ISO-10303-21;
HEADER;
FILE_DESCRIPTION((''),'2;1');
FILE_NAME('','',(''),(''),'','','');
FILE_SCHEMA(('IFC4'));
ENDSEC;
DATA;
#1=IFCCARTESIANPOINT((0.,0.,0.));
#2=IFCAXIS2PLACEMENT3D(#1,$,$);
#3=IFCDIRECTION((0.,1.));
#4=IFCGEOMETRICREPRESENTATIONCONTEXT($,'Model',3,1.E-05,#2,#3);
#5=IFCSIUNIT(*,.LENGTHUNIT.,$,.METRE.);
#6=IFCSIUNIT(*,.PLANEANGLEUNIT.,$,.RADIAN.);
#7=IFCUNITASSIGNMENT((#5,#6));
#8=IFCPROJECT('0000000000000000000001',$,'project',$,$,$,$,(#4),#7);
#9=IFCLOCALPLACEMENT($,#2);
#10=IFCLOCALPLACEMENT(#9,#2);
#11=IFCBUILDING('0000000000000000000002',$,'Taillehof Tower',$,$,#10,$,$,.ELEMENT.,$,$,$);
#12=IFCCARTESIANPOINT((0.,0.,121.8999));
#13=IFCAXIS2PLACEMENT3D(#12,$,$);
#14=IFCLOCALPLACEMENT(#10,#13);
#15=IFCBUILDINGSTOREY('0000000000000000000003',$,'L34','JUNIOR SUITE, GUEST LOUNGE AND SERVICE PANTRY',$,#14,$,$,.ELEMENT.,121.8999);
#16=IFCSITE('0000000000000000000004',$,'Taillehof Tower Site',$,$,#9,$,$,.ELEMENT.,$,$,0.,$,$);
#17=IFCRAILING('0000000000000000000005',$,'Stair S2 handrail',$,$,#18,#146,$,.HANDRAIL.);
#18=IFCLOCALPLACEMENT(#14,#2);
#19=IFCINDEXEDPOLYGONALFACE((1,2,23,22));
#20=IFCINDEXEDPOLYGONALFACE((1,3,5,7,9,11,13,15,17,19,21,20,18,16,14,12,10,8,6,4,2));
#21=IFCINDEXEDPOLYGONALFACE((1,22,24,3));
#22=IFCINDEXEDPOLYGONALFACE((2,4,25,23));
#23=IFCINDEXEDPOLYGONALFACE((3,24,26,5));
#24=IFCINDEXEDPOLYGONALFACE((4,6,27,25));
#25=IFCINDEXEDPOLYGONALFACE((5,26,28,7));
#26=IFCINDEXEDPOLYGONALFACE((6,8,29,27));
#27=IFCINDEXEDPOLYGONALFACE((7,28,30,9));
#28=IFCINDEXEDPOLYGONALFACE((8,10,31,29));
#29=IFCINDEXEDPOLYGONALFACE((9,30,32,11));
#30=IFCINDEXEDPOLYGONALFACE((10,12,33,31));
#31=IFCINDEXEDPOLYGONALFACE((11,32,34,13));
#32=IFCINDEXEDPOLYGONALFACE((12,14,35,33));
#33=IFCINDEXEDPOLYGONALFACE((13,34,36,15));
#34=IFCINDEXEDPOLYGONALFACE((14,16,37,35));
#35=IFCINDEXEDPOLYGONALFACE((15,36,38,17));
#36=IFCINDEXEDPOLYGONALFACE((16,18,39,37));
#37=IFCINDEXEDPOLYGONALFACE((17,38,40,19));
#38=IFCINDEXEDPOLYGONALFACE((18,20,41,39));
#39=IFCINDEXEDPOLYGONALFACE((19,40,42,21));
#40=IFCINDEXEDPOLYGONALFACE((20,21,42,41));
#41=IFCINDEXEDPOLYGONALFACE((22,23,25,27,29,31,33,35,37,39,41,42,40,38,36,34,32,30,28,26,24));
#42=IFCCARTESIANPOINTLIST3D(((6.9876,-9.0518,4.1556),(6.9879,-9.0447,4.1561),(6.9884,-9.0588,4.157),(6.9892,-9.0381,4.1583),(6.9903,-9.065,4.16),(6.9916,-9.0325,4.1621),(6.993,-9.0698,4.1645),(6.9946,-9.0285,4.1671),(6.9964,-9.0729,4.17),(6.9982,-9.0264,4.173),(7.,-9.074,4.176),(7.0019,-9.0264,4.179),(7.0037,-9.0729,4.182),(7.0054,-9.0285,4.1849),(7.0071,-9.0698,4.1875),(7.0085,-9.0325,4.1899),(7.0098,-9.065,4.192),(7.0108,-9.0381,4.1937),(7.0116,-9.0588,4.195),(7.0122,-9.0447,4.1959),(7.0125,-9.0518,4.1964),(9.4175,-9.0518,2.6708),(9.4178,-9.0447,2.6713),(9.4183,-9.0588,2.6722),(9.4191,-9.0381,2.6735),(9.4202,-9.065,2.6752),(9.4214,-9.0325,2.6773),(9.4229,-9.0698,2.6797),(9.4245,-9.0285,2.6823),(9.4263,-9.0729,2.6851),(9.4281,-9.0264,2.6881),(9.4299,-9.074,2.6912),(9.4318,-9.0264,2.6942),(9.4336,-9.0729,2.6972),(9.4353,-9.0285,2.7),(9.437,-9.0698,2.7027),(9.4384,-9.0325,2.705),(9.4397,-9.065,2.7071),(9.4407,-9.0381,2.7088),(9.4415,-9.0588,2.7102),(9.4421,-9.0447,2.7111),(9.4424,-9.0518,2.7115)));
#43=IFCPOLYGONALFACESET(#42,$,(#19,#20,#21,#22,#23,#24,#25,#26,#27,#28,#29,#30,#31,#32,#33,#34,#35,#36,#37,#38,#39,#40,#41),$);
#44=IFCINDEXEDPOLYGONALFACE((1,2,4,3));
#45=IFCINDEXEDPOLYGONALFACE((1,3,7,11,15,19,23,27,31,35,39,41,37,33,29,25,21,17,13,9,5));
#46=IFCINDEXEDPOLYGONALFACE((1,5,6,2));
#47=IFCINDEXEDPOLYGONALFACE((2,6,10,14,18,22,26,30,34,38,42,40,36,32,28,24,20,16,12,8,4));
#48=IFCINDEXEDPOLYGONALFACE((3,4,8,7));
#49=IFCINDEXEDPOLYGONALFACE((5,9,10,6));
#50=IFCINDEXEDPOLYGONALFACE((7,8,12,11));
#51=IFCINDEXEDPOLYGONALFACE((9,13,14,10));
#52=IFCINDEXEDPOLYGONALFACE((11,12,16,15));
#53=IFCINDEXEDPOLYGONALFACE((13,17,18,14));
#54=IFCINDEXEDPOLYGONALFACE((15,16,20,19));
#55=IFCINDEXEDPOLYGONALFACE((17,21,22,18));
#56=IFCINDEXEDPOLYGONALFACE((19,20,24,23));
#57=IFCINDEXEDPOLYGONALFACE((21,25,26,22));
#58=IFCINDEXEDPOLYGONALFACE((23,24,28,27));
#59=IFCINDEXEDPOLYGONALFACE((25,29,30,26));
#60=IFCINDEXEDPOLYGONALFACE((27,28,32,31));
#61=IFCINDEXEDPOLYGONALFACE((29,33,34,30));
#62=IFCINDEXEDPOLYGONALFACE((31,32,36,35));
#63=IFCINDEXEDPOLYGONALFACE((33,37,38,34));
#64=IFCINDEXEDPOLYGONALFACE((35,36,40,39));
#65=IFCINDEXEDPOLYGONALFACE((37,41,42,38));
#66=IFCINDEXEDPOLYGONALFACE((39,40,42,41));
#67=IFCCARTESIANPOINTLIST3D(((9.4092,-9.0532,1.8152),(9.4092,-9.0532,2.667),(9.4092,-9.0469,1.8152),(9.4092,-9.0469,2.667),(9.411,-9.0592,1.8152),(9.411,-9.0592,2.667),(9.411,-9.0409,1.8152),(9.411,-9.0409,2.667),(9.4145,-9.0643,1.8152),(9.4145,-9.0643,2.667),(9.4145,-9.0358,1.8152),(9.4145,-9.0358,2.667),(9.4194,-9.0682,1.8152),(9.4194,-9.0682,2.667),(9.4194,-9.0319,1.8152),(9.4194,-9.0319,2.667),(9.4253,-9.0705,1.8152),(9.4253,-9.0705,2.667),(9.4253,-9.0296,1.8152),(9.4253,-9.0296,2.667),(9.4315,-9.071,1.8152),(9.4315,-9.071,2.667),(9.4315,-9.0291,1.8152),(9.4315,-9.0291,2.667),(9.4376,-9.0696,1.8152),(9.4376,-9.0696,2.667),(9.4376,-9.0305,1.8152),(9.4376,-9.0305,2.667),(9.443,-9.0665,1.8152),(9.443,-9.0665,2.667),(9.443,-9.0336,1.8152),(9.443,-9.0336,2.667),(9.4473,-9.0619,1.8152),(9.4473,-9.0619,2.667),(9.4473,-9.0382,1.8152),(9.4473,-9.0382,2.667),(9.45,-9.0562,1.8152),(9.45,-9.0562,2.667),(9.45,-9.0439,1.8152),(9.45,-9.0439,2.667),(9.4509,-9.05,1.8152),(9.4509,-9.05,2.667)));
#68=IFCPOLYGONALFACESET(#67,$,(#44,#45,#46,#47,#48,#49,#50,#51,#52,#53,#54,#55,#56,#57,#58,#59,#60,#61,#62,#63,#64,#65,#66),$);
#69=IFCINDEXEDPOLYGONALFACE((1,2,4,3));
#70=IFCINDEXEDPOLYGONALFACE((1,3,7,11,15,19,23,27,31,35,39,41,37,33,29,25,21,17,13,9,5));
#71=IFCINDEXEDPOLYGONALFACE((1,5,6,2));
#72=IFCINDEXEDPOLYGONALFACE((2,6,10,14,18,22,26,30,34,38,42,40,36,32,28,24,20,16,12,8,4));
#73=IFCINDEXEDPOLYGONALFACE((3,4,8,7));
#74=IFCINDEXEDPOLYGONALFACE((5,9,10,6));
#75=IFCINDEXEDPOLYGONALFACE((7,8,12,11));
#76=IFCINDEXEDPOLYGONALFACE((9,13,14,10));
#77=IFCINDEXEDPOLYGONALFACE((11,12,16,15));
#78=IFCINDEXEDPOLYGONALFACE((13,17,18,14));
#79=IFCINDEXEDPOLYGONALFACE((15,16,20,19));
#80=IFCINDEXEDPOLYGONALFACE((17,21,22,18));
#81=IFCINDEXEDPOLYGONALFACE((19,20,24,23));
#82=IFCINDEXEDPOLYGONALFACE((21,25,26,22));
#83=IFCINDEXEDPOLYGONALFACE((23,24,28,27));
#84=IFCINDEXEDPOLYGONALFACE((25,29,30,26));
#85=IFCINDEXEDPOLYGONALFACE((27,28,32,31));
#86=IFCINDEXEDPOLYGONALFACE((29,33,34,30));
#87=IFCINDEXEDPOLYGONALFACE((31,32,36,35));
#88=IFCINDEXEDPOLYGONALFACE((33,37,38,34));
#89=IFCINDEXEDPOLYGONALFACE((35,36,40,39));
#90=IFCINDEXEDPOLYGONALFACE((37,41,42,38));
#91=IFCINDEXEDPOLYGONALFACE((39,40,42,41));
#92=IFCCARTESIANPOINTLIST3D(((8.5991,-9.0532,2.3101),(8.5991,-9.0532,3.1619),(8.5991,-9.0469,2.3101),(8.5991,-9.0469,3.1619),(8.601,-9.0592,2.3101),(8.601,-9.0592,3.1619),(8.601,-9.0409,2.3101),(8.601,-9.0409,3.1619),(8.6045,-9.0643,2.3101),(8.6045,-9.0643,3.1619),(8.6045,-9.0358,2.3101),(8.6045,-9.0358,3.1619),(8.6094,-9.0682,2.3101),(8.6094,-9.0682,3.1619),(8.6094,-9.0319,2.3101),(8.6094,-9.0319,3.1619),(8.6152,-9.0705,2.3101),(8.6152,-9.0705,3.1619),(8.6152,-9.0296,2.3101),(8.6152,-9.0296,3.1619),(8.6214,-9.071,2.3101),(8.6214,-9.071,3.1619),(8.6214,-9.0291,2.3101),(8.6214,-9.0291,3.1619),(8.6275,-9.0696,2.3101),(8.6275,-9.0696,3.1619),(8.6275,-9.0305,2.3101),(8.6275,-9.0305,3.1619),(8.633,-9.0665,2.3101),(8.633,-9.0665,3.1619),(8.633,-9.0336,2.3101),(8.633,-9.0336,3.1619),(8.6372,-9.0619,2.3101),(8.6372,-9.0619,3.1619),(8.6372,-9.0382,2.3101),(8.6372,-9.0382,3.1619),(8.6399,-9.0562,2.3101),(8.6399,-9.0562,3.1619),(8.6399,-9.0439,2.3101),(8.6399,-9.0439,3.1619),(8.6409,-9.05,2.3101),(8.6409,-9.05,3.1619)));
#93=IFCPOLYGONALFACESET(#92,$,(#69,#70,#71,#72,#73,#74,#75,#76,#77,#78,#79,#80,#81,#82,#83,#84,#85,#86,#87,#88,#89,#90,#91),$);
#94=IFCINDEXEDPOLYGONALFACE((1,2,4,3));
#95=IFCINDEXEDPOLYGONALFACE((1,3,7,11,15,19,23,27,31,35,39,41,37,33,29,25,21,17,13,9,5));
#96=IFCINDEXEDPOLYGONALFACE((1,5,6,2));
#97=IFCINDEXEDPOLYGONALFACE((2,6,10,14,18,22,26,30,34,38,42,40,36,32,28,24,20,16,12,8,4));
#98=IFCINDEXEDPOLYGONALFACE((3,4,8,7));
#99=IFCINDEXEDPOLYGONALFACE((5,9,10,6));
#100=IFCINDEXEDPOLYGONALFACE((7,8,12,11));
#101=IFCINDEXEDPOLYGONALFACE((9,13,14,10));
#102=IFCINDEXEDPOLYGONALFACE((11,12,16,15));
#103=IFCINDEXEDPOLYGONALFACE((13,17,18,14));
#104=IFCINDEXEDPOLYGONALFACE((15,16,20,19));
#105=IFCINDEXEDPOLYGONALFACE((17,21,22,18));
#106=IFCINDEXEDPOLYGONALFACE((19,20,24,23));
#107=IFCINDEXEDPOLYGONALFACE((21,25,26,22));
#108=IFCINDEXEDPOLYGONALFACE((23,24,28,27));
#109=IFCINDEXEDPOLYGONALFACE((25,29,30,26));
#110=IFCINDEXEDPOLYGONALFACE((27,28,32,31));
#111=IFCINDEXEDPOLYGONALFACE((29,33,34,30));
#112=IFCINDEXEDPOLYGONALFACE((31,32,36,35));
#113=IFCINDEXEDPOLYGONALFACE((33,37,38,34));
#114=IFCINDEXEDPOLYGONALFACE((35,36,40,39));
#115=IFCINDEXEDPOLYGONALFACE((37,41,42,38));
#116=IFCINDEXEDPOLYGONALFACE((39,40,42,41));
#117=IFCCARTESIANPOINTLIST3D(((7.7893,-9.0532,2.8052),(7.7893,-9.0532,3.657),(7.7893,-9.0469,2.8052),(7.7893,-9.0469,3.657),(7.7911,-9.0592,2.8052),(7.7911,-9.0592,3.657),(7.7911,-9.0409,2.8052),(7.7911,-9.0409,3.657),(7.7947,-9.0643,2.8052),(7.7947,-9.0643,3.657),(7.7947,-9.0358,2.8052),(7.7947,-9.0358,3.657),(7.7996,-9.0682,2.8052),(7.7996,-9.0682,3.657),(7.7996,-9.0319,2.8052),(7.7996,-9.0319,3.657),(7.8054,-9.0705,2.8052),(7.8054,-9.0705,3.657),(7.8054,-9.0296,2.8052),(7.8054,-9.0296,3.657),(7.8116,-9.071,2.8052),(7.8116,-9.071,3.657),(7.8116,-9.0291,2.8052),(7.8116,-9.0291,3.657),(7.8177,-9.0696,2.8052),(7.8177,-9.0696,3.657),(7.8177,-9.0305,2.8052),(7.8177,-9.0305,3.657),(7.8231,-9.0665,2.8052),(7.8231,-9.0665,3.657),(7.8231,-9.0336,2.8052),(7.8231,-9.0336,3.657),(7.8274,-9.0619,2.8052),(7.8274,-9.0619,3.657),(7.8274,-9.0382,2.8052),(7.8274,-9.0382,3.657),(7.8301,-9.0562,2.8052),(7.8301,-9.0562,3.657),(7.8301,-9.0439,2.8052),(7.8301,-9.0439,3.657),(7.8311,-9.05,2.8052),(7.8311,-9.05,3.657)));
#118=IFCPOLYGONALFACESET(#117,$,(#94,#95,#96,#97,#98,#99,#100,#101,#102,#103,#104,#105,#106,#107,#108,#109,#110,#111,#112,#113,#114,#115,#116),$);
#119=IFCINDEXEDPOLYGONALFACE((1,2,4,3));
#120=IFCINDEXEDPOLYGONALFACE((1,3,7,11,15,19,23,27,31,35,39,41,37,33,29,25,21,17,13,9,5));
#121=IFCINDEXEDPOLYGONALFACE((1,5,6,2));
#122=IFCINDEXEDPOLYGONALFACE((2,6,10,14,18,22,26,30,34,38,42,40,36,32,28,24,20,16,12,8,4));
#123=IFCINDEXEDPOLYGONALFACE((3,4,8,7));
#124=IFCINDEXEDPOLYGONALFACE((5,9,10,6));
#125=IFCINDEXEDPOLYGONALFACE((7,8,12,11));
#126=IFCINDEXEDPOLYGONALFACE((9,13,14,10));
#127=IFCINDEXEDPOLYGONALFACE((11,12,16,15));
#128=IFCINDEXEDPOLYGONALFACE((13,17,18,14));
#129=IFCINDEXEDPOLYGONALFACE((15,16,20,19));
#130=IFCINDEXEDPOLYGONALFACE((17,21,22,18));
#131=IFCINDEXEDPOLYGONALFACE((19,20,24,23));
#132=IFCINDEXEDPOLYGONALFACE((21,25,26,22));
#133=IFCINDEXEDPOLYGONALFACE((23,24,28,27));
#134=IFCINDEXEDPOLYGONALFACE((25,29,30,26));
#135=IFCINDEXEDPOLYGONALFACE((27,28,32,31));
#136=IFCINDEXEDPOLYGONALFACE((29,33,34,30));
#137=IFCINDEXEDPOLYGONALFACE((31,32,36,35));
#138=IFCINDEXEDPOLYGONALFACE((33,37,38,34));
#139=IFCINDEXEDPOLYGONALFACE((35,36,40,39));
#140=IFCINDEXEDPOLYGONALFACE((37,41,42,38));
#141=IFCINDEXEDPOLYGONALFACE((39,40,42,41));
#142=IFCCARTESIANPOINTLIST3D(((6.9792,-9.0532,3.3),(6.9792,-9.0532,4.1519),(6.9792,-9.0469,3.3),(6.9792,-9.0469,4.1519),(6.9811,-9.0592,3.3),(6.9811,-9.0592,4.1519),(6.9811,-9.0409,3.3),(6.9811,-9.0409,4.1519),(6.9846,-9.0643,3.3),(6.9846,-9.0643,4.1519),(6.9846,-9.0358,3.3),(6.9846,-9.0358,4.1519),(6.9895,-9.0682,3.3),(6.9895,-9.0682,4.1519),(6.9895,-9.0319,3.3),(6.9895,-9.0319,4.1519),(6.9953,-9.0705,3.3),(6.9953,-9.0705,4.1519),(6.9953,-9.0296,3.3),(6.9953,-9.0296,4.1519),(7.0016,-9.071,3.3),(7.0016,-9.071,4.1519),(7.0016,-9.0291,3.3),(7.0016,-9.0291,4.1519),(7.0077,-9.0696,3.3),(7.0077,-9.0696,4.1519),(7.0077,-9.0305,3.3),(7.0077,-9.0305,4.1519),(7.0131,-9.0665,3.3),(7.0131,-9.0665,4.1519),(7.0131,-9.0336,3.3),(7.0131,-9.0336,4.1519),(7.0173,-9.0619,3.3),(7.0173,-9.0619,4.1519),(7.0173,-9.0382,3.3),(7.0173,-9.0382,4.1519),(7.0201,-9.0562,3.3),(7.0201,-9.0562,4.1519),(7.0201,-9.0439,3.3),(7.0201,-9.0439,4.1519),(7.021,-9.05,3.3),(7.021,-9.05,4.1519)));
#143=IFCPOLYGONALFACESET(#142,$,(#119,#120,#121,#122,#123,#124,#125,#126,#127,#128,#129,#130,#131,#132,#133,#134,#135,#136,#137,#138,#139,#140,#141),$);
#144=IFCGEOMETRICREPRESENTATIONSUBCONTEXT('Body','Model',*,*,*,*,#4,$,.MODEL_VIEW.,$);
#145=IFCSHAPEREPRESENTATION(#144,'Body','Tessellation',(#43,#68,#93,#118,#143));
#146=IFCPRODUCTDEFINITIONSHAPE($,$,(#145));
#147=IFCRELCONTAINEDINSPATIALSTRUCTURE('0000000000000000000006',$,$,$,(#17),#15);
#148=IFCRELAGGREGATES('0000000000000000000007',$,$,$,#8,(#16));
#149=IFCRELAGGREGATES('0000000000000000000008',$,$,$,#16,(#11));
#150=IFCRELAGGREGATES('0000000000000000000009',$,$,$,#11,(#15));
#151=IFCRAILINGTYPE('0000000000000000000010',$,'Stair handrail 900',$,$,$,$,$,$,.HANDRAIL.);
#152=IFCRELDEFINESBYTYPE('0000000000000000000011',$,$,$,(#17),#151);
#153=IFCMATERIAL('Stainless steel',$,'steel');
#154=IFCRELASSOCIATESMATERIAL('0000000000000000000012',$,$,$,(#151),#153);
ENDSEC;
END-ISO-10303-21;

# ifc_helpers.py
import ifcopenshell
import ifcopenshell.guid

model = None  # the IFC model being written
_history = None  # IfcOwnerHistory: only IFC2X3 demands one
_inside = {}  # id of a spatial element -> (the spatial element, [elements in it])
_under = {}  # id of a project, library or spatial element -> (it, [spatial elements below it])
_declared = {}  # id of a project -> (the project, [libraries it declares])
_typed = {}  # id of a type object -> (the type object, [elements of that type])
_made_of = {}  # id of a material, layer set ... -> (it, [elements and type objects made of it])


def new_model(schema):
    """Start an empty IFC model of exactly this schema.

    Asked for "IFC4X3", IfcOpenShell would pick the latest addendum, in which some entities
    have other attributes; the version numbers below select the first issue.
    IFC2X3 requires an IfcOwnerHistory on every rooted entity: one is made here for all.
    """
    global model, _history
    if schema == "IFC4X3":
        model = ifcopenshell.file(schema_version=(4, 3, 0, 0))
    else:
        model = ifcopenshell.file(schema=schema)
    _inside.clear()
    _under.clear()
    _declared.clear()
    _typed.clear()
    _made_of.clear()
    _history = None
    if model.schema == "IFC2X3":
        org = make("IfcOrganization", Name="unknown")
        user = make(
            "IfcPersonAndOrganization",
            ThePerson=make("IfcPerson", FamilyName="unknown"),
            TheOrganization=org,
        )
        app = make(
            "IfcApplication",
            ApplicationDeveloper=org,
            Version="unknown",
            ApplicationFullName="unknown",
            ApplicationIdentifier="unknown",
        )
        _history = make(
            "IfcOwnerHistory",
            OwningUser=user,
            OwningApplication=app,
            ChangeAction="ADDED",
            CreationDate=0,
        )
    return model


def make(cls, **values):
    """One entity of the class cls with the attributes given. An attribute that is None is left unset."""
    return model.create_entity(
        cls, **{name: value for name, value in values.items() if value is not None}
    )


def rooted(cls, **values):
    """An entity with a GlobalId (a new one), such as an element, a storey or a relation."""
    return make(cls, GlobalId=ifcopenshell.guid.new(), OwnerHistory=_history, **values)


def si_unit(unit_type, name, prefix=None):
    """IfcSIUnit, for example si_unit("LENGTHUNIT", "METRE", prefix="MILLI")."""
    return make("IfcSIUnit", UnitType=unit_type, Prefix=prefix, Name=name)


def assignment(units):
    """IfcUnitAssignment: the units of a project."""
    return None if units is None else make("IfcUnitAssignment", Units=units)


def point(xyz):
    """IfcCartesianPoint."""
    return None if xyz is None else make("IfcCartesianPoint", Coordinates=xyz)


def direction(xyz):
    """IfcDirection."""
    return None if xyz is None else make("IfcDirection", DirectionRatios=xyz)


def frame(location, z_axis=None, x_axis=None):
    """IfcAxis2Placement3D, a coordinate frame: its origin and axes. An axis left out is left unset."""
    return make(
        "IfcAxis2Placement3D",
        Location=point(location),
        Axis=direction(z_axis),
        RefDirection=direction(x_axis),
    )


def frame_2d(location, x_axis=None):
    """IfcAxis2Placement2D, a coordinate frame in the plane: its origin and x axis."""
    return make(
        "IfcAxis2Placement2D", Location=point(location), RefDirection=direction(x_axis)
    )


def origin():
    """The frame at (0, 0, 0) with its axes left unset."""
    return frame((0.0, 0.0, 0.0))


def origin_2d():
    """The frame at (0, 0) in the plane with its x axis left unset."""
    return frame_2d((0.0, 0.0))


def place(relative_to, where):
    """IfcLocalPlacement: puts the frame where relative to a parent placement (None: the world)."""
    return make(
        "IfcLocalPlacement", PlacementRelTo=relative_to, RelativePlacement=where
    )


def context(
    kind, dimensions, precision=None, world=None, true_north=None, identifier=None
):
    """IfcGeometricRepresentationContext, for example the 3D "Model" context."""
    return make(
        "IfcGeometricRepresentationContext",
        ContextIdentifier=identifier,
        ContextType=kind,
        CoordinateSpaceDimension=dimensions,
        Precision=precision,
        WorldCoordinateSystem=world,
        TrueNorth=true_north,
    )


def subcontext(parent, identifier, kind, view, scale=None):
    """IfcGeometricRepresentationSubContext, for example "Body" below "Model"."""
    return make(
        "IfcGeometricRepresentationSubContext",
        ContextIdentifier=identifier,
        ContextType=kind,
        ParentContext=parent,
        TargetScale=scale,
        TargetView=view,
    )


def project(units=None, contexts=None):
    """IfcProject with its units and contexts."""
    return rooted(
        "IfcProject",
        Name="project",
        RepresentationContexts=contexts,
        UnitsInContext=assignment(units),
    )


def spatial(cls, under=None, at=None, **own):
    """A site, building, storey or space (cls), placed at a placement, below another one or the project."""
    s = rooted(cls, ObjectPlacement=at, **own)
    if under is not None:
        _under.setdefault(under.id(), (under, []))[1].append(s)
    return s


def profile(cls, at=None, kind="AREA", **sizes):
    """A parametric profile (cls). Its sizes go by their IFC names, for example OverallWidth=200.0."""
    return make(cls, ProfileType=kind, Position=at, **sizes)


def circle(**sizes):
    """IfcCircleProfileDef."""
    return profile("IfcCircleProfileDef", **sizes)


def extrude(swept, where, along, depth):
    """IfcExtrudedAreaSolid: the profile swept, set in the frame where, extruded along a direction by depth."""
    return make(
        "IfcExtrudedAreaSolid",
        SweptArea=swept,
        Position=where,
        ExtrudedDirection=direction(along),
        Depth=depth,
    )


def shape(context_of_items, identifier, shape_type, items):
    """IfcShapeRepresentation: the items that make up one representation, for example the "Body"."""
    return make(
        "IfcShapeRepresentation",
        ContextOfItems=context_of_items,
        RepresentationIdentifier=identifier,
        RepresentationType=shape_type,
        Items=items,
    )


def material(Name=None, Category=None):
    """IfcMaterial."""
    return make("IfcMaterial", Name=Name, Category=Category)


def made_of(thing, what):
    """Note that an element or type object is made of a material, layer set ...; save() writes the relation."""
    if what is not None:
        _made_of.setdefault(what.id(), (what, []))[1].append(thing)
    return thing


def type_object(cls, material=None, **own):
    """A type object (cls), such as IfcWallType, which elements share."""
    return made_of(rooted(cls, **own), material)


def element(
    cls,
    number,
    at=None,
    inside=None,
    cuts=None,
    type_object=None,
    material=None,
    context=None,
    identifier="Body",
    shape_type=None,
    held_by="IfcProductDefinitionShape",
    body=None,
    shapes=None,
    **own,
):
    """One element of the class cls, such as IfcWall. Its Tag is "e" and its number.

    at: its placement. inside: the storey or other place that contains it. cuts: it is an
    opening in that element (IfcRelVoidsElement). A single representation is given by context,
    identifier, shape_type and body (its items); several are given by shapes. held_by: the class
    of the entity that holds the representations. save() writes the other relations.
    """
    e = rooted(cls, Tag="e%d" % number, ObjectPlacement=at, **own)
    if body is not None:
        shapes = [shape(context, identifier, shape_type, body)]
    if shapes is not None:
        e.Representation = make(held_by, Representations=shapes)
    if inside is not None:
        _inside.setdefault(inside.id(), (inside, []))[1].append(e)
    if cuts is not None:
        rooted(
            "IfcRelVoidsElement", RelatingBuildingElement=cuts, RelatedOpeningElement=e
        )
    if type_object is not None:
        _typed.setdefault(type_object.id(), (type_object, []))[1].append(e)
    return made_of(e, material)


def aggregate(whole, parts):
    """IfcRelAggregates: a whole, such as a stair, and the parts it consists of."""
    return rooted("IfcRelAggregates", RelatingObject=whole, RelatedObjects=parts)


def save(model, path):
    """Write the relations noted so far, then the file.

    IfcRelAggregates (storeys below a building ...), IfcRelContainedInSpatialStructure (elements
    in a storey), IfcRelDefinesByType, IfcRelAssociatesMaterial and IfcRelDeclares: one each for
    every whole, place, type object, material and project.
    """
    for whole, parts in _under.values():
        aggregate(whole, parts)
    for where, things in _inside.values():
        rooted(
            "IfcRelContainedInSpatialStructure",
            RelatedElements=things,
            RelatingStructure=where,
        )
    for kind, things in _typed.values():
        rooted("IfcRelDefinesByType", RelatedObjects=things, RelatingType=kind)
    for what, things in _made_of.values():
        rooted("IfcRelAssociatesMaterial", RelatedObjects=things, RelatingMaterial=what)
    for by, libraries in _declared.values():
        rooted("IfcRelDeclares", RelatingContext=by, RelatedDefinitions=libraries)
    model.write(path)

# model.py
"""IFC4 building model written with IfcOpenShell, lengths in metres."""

from ifc_helpers import new_model, si_unit, direction, frame, origin, origin_2d, place, context, subcontext, project, spatial, circle, extrude, material, type_object, element, save


model = new_model("IFC4")

# Units and contexts
model_context = context("Model", 3, precision=1e-05, world=origin(), true_north=direction((0.0, 1.0)))
body_context = subcontext(model_context, "Body", "Model", "MODEL_VIEW")
ifc_project = project(units=[si_unit("LENGTHUNIT", "METRE"), si_unit("PLANEANGLEUNIT", "RADIAN")], contexts=[model_context])

# Site, building, storey
site_placement = place(None, origin())
site = spatial("IfcSite", under=ifc_project, at=site_placement, Name="Taillehof Tower Site", CompositionType="ELEMENT", RefElevation=0.0)
building_placement = place(site_placement, origin())
building = spatial("IfcBuilding", under=site, at=building_placement, Name="Taillehof Tower", CompositionType="ELEMENT")
storey_placement = place(building_placement, frame((0.0, 0.0, 121.8999)))
storey = spatial("IfcBuildingStorey", under=building, at=storey_placement, Name="L34", Description="JUNIOR SUITE, GUEST LOUNGE AND SERVICE PANTRY", CompositionType="ELEMENT", Elevation=121.8999)

# Railing
ifc_material_1 = material(Name="Stainless steel", Category="steel")
railing_type = type_object("IfcRailingType", Name="Stair handrail 900", PredefinedType="HANDRAIL", material=ifc_material_1)
railing_1_placement = place(storey_placement, frame((9.4299, -9.05, 1.8152)))
element("IfcRailing", 1, at=railing_1_placement, inside=storey, type_object=railing_type, Name="Stair S2 handrail", PredefinedType="HANDRAIL", context=body_context, shape_type="SweptSolid", body=[
    extrude(circle(Radius=0.0239, at=origin_2d()), frame((0.0, 0.0, 0.876), z_axis=(-0.853297, 0.0, 0.521426), x_axis=(0.0, -1.0, 0.0)), (0.0, 0.0, 1.0), 2.8477),
    extrude(circle(Radius=0.021, at=origin_2d()), origin(), (0.0, 0.0, 1.0), 0.8518),
    extrude(circle(Radius=0.021, at=origin_2d()), frame((-0.8101, 0.0, 0.4949)), (0.0, 0.0, 1.0), 0.8518),
    extrude(circle(Radius=0.021, at=origin_2d()), frame((-1.6199, 0.0, 0.99)), (0.0, 0.0, 1.0), 0.8518),
    extrude(circle(Radius=0.021, at=origin_2d()), frame((-2.4299, 0.0, 1.4849)), (0.0, 0.0, 1.0), 0.8518),
])

save(model, "model.ifc")
